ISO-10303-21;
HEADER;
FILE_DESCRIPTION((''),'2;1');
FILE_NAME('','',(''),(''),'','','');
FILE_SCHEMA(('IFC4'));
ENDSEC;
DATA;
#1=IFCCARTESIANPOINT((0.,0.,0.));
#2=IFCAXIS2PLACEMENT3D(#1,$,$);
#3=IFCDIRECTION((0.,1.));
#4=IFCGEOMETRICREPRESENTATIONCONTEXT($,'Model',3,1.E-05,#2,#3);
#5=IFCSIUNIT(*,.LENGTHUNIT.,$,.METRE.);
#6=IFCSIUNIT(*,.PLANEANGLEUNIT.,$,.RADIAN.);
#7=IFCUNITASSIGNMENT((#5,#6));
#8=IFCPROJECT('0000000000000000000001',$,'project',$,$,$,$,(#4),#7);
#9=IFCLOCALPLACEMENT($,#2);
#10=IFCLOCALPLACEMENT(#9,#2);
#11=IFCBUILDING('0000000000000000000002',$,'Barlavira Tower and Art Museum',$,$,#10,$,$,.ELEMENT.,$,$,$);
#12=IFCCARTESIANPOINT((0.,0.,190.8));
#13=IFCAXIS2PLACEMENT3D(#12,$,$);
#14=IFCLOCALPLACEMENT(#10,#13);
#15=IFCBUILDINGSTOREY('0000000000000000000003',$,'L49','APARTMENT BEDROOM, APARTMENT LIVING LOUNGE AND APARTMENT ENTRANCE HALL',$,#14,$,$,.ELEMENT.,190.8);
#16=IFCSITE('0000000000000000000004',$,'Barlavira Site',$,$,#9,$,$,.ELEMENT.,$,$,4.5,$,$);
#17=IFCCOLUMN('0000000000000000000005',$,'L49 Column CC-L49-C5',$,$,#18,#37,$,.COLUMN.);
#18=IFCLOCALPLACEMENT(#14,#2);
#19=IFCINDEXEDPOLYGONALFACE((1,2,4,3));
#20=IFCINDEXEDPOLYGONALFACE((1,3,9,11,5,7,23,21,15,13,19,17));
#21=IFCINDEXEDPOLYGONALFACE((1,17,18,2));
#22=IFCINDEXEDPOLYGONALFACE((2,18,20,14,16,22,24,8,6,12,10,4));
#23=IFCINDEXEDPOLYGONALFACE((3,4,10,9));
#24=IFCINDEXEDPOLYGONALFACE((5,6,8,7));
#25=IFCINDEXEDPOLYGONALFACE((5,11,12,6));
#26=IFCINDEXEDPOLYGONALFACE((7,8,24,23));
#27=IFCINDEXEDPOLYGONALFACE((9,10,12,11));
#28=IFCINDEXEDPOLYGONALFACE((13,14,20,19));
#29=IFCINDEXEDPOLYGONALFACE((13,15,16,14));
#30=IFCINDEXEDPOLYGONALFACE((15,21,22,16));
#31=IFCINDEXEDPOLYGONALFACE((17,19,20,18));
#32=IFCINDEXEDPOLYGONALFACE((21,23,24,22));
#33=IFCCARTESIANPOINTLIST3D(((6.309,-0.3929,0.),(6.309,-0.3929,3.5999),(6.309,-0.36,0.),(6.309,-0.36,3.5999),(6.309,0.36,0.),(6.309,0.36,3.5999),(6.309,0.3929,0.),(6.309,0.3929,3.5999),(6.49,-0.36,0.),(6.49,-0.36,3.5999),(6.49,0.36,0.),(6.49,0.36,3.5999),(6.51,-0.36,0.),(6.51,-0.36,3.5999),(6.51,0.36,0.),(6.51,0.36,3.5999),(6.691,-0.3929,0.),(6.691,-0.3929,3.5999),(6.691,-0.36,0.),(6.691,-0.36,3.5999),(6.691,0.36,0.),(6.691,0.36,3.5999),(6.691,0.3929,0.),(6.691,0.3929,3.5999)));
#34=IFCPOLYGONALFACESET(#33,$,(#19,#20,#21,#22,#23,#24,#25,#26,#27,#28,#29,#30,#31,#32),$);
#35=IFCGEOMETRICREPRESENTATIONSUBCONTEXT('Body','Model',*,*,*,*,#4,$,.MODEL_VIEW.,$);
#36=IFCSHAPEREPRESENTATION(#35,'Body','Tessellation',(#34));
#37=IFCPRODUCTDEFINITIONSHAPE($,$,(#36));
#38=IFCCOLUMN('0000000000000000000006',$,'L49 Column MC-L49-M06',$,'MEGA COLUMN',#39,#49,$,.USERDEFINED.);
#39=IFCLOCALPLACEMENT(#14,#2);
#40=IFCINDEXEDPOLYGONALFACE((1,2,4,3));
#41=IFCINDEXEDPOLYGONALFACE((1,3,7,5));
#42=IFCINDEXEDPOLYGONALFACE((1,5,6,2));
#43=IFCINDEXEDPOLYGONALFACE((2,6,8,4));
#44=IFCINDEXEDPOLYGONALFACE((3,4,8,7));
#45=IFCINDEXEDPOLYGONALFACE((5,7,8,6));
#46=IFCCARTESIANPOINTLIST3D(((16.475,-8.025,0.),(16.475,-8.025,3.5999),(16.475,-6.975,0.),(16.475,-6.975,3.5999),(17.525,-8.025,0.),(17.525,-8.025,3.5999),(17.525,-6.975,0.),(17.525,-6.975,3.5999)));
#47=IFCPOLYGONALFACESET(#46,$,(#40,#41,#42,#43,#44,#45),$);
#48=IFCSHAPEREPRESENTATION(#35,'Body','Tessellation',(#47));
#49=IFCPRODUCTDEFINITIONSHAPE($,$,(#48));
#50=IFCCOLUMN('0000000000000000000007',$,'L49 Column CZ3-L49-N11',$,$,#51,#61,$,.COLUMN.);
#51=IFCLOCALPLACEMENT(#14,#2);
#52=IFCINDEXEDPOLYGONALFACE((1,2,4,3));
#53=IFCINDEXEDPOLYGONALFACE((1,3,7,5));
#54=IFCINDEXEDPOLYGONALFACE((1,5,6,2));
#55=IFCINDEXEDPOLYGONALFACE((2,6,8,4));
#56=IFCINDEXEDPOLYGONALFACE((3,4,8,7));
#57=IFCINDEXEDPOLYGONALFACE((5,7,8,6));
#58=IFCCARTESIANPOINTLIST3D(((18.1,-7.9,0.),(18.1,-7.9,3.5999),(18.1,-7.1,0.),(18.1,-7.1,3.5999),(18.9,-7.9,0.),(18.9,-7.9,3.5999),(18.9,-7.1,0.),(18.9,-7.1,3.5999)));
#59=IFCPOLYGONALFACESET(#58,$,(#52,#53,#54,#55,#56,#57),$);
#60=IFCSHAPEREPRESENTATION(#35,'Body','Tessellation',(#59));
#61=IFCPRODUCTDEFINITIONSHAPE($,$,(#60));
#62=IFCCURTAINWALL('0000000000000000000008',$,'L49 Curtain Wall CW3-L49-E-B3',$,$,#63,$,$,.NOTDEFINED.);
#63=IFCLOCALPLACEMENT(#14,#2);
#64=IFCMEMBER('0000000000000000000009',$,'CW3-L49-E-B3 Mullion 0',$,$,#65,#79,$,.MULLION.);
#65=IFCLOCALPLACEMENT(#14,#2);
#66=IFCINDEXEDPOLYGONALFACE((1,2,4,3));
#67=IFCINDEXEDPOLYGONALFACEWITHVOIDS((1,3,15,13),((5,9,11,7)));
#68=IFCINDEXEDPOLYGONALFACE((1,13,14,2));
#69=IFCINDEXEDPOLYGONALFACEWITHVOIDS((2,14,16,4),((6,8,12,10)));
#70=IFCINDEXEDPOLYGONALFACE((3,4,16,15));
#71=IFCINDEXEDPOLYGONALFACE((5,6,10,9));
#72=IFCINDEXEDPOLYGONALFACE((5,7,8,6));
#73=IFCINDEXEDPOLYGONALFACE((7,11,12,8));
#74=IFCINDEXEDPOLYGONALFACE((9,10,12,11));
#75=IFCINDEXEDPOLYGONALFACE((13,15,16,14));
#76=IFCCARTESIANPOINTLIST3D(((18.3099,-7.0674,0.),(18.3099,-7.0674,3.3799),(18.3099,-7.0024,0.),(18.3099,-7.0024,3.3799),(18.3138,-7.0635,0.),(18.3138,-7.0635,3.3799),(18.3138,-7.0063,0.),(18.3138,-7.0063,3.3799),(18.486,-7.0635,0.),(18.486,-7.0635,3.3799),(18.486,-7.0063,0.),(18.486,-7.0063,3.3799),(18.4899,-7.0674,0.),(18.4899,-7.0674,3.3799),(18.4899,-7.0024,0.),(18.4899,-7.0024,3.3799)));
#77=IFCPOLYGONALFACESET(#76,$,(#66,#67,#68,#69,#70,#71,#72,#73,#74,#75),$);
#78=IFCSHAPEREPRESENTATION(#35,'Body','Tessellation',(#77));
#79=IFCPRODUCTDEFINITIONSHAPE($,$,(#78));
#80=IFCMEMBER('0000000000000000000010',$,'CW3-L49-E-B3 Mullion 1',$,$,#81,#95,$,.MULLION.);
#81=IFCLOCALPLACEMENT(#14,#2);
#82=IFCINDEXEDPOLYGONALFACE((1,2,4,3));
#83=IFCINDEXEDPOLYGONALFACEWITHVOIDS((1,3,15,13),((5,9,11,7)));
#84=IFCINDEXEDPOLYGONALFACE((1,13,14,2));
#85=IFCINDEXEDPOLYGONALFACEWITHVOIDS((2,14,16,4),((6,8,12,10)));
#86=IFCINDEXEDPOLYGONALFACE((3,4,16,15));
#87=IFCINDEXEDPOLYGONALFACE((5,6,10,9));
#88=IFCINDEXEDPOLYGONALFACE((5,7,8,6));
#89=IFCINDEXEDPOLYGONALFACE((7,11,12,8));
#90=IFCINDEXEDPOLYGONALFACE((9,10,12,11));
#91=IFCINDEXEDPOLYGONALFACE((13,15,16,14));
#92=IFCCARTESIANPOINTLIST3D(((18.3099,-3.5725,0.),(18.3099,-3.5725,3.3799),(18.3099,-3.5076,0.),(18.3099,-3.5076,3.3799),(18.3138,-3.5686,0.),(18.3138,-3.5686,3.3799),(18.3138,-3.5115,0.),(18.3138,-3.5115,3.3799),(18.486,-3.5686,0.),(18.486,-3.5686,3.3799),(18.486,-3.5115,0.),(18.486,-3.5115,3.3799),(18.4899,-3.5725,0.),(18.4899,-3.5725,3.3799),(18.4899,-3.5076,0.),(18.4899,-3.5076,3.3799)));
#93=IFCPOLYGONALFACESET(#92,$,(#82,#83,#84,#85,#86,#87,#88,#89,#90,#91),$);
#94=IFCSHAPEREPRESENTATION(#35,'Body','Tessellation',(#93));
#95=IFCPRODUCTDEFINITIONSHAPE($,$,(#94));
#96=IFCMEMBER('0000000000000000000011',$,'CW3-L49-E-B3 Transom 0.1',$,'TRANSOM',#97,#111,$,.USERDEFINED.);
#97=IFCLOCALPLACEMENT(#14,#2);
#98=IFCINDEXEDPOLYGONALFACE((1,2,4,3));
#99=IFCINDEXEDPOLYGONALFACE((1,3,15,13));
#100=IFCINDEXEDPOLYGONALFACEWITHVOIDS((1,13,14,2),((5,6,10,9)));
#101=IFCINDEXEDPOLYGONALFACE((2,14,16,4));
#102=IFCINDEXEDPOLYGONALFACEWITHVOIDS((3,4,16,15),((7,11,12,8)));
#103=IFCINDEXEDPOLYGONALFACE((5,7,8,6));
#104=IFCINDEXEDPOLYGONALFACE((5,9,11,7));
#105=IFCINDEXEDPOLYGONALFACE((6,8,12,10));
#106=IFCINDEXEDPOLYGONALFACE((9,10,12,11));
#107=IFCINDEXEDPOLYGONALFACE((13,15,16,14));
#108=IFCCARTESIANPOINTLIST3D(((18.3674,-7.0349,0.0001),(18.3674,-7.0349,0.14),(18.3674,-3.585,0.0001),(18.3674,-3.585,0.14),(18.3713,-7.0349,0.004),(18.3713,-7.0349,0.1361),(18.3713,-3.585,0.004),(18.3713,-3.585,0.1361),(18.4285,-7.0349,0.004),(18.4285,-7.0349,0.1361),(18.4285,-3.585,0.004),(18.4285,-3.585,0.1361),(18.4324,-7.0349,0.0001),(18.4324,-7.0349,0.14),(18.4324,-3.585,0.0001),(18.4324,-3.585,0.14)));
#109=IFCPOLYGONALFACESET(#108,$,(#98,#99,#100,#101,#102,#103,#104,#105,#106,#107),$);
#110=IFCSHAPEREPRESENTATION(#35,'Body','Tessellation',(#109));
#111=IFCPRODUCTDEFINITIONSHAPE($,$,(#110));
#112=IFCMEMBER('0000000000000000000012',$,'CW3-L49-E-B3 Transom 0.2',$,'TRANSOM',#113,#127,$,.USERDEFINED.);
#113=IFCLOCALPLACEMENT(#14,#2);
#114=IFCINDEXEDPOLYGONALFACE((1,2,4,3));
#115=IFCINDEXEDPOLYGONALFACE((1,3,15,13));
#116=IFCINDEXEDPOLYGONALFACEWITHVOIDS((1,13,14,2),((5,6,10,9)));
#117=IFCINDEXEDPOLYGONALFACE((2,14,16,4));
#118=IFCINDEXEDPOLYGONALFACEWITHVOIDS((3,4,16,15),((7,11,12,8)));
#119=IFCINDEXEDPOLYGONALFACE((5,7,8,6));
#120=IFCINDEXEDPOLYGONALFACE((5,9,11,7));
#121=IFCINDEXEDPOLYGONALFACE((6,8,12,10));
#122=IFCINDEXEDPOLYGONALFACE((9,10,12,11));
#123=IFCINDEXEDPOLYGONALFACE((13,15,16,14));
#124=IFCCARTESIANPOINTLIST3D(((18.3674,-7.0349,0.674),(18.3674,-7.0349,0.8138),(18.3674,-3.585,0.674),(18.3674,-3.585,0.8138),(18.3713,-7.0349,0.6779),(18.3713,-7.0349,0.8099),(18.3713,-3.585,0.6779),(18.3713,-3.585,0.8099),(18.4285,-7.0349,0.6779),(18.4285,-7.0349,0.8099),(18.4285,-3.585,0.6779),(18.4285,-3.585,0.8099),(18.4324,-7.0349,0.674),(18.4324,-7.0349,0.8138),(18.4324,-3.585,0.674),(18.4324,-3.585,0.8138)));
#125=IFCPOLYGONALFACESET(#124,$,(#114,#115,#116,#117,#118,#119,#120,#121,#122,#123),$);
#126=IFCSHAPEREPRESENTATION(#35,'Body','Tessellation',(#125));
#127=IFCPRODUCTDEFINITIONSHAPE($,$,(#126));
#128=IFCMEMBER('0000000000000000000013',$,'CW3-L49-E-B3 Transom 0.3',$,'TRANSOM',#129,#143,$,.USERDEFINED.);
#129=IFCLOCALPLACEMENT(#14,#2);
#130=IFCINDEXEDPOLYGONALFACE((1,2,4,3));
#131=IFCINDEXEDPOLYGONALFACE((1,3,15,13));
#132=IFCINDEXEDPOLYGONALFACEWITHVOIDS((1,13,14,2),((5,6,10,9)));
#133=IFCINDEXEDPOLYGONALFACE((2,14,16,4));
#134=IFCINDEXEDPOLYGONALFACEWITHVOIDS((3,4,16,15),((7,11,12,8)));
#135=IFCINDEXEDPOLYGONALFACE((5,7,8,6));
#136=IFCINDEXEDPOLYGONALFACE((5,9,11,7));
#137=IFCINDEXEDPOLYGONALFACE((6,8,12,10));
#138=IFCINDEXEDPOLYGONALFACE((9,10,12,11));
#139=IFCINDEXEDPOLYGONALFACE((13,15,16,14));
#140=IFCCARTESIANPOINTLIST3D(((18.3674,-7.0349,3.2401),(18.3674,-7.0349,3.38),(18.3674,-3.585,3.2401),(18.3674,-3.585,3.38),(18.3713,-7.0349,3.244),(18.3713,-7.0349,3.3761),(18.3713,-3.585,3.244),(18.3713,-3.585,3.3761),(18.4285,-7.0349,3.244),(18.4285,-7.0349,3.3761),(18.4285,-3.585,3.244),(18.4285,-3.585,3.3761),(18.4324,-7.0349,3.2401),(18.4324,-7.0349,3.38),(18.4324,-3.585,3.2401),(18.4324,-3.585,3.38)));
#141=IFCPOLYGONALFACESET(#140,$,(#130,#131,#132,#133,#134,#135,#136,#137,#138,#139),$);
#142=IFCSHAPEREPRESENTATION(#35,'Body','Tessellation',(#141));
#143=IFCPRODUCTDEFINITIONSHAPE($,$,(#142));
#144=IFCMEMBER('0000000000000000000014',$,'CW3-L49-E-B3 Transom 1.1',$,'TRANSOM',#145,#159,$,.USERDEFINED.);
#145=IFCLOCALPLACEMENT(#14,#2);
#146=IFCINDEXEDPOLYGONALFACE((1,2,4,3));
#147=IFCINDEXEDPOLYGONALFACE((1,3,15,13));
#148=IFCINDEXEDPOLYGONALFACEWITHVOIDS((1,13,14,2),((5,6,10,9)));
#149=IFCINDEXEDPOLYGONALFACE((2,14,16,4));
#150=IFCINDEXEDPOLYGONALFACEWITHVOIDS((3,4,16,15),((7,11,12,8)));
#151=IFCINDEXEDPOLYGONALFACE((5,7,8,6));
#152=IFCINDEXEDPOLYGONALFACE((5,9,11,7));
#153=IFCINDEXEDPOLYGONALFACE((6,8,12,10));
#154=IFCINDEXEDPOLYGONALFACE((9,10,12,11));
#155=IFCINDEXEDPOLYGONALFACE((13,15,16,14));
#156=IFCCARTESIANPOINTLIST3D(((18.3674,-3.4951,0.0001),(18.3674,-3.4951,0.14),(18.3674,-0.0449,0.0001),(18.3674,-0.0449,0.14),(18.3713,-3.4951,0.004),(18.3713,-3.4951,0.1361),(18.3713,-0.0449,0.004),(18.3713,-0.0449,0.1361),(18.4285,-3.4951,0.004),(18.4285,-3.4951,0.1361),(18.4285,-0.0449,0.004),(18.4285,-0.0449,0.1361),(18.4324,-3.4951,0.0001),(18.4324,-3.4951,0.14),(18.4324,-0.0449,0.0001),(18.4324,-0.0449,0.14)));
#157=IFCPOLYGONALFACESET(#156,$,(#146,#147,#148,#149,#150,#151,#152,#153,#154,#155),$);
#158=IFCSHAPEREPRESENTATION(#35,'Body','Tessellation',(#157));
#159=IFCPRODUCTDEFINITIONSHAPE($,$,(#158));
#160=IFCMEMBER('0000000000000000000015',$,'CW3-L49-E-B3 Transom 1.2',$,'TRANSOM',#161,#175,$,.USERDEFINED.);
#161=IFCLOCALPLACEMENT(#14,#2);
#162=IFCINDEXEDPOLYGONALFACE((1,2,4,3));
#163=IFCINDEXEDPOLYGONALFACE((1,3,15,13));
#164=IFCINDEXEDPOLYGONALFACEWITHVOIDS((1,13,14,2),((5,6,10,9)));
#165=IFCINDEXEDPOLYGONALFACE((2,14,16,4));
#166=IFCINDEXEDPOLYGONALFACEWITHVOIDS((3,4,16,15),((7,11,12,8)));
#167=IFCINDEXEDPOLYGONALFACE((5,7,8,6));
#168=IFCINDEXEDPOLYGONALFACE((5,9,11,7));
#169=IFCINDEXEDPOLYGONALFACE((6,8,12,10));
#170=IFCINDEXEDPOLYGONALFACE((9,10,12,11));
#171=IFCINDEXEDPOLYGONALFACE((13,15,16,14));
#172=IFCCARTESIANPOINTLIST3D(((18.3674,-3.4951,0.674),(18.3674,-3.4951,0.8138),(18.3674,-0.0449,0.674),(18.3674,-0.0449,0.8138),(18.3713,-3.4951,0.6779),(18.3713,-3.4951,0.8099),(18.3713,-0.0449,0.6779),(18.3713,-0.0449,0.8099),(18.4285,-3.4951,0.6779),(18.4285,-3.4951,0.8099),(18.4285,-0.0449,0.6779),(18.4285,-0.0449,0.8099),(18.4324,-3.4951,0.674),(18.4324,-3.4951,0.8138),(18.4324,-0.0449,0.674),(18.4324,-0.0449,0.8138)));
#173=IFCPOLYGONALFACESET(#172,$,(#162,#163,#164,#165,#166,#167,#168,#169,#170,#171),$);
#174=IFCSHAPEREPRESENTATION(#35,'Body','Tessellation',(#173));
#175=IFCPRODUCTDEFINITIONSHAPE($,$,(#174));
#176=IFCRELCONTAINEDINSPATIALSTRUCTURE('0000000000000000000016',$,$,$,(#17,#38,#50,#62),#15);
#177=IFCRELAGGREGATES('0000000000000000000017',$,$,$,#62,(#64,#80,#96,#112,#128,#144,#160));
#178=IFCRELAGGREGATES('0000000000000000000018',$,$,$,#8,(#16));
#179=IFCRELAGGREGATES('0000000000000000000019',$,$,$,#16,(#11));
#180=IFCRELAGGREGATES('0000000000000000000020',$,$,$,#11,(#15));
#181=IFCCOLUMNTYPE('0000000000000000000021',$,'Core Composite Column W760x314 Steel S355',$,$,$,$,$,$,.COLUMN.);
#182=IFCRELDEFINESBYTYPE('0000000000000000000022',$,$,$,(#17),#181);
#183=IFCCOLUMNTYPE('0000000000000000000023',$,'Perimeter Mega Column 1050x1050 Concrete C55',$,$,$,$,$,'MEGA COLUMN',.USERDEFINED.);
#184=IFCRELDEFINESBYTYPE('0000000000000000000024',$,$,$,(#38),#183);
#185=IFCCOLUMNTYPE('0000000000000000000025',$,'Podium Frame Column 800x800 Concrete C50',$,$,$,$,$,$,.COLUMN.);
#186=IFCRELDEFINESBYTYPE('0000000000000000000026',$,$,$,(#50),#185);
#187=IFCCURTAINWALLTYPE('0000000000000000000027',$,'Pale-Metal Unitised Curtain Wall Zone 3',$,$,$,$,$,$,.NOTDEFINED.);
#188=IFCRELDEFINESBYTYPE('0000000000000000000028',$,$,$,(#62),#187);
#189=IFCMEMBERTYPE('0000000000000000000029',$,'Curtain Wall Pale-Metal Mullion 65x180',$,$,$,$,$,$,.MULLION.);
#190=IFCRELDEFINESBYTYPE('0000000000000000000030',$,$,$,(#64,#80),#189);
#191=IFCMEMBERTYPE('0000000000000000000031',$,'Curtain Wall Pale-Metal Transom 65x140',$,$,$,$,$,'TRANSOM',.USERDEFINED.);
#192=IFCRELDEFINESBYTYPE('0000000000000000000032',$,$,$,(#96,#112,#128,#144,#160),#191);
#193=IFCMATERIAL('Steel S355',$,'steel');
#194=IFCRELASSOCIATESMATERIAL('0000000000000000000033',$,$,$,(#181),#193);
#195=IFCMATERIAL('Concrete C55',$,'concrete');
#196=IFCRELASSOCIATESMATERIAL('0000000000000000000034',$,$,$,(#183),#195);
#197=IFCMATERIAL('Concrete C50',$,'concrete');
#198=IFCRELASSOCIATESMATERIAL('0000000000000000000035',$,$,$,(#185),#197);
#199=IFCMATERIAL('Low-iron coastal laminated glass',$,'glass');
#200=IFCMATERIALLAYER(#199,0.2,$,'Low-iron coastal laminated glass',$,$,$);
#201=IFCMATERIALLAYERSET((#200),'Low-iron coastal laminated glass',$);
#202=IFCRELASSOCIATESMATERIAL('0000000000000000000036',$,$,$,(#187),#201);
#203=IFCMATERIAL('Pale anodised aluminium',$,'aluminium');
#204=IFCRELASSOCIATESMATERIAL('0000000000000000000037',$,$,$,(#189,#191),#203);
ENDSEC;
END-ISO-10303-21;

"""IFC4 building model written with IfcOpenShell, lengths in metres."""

from ifc_helpers import new_model, si_unit, direction, frame, origin, origin_2d, place, context, subcontext, project, spatial, rectangle, hollow_rectangle, i_section, extrude, material, layer, layer_set, material_profile, profile_set, type_object, element, aggregate, save


model = new_model("IFC4")

# Units and contexts
model_context = context("Model", 3, precision=1e-05, world=origin(), true_north=direction((0.0, 1.0)))
body_context = subcontext(model_context, "Body", "Model", "MODEL_VIEW")
ifc_project = project(units=[si_unit("LENGTHUNIT", "METRE"), si_unit("PLANEANGLEUNIT", "RADIAN")], contexts=[model_context])

# Site, building, storey
site_placement = place(None, origin())
site = spatial("IfcSite", under=ifc_project, at=site_placement, Name="Barlavira Site", CompositionType="ELEMENT", RefElevation=4.5)
building_placement = place(site_placement, origin())
building = spatial("IfcBuilding", under=site, at=building_placement, Name="Barlavira Tower and Art Museum", CompositionType="ELEMENT")
storey_placement = place(building_placement, frame((0.0, 0.0, 190.8)))
storey = spatial("IfcBuildingStorey", under=building, at=storey_placement, Name="L49", Description="APARTMENT BEDROOM, APARTMENT LIVING LOUNGE AND APARTMENT ENTRANCE HALL", CompositionType="ELEMENT", Elevation=190.8)

# Columns
ifc_material_1 = material(Name="Steel S355", Category="steel")
ifc_material_profile_1 = material_profile(ifc_material_1, i_section(OverallWidth=0.3821, OverallDepth=0.7859, WebThickness=0.02, FlangeThickness=0.033, at=origin_2d()), Name="W760x314.0")
ifc_profile_set_1 = profile_set([ifc_material_profile_1], Name="Steel S355")
column_type_1 = type_object("IfcColumnType", Name="Core Composite Column W760x314 Steel S355", PredefinedType="COLUMN", material=ifc_profile_set_1)
column_1_placement = place(storey_placement, frame((6.5, 0.0, 0.0), z_axis=(0.0, 0.0, 1.0), x_axis=(1.0, 0.0, 0.0)))
element("IfcColumn", 1, at=column_1_placement, inside=storey, type_object=column_type_1, Name="L49 Column CC-L49-C5", PredefinedType="COLUMN", context=body_context, shape_type="SweptSolid", body=[
    extrude(i_section(OverallWidth=0.3821, OverallDepth=0.7859, WebThickness=0.02, FlangeThickness=0.033, at=origin_2d()), origin(), (0.0, 0.0, 1.0), 3.5999),
])
ifc_material_2 = material(Name="Concrete C55", Category="concrete")
ifc_material_profile_2 = material_profile(ifc_material_2, rectangle(XDim=1.05, YDim=1.05, at=origin_2d()), Name="RC-COL 1050x1050")
ifc_profile_set_2 = profile_set([ifc_material_profile_2], Name="Concrete C55")
column_type_2 = type_object("IfcColumnType", Name="Perimeter Mega Column 1050x1050 Concrete C55", ElementType="MEGA COLUMN", PredefinedType="USERDEFINED", material=ifc_profile_set_2)
column_2_placement = place(storey_placement, frame((17.0, -7.5, 0.0), z_axis=(0.0, 0.0, 1.0), x_axis=(1.0, 0.0, 0.0)))
element("IfcColumn", 2, at=column_2_placement, inside=storey, type_object=column_type_2, Name="L49 Column MC-L49-M06", ObjectType="MEGA COLUMN", PredefinedType="USERDEFINED", context=body_context, shape_type="SweptSolid", body=[
    extrude(rectangle(XDim=1.05, YDim=1.05, at=origin_2d()), origin(), (0.0, 0.0, 1.0), 3.5999),
])
ifc_material_3 = material(Name="Concrete C50", Category="concrete")
ifc_material_profile_3 = material_profile(ifc_material_3, rectangle(XDim=0.8, YDim=0.8, at=origin_2d()), Name="RC-COL 800x800")
ifc_profile_set_3 = profile_set([ifc_material_profile_3], Name="Concrete C50")
column_type_3 = type_object("IfcColumnType", Name="Podium Frame Column 800x800 Concrete C50", PredefinedType="COLUMN", material=ifc_profile_set_3)
column_3_placement = place(storey_placement, frame((18.5, -7.5, 0.0), z_axis=(0.0, 0.0, 1.0), x_axis=(1.0, 0.0, 0.0)))
element("IfcColumn", 3, at=column_3_placement, inside=storey, type_object=column_type_3, Name="L49 Column CZ3-L49-N11", PredefinedType="COLUMN", context=body_context, shape_type="SweptSolid", body=[
    extrude(rectangle(XDim=0.8, YDim=0.8, at=origin_2d()), origin(), (0.0, 0.0, 1.0), 3.5999),
])

# Curtain wall, members
ifc_material_4 = material(Name="Low-iron coastal laminated glass", Category="glass")
ifc_layer_1 = layer(ifc_material_4, 0.2, Name="Low-iron coastal laminated glass")
ifc_layer_set_1 = layer_set([ifc_layer_1], Name="Low-iron coastal laminated glass")
curtain_wall_type = type_object("IfcCurtainWallType", Name="Pale-Metal Unitised Curtain Wall Zone 3", PredefinedType="NOTDEFINED", material=ifc_layer_set_1)
curtain_wall_placement = place(storey_placement, origin())
curtain_wall = element("IfcCurtainWall", 4, at=curtain_wall_placement, inside=storey, type_object=curtain_wall_type, Name="L49 Curtain Wall CW3-L49-E-B3", PredefinedType="NOTDEFINED")
ifc_material_5 = material(Name="Pale anodised aluminium", Category="aluminium")
ifc_material_profile_4 = material_profile(ifc_material_5, hollow_rectangle(XDim=0.0649, YDim=0.1799, WallThickness=0.0039, at=origin_2d()), Name="ALU-MULL 65x180x4")
ifc_profile_set_4 = profile_set([ifc_material_profile_4], Name="Pale anodised aluminium")
member_type_1 = type_object("IfcMemberType", Name="Curtain Wall Pale-Metal Mullion 65x180", PredefinedType="MULLION", material=ifc_profile_set_4)
member_1_placement = place(storey_placement, frame((18.3999, -7.0349, 0.0), z_axis=(0.0, 0.0, 1.0), x_axis=(0.0, 1.0, 0.0)))
member_1 = element("IfcMember", 5, at=member_1_placement, type_object=member_type_1, Name="CW3-L49-E-B3 Mullion 0", PredefinedType="MULLION", context=body_context, shape_type="SweptSolid", body=[
    extrude(hollow_rectangle(XDim=0.0649, YDim=0.1799, WallThickness=0.0039, at=origin_2d()), origin(), (0.0, 0.0, 1.0), 3.3799),
])
member_2_placement = place(storey_placement, frame((18.3999, -3.54, 0.0), z_axis=(0.0, 0.0, 1.0), x_axis=(0.0, 1.0, 0.0)))
member_2 = element("IfcMember", 6, at=member_2_placement, type_object=member_type_1, Name="CW3-L49-E-B3 Mullion 1", PredefinedType="MULLION", context=body_context, shape_type="SweptSolid", body=[
    extrude(hollow_rectangle(XDim=0.0649, YDim=0.1799, WallThickness=0.0039, at=origin_2d()), origin(), (0.0, 0.0, 1.0), 3.3799),
])
ifc_material_profile_5 = material_profile(ifc_material_5, hollow_rectangle(XDim=0.0649, YDim=0.1399, WallThickness=0.0039, at=origin_2d()), Name="ALU-TRAN 65x140x4")
ifc_profile_set_5 = profile_set([ifc_material_profile_5], Name="Pale anodised aluminium")
member_type_2 = type_object("IfcMemberType", Name="Curtain Wall Pale-Metal Transom 65x140", ElementType="TRANSOM", PredefinedType="USERDEFINED", material=ifc_profile_set_5)
member_3_placement = place(storey_placement, frame((18.3999, -7.0349, 0.0701), z_axis=(0.0, 1.0, 0.0), x_axis=(-1.0, 0.0, 0.0)))
member_3 = element("IfcMember", 7, at=member_3_placement, type_object=member_type_2, Name="CW3-L49-E-B3 Transom 0.1", ObjectType="TRANSOM", PredefinedType="USERDEFINED", context=body_context, shape_type="SweptSolid", body=[
    extrude(hollow_rectangle(XDim=0.0649, YDim=0.1399, WallThickness=0.0039, at=origin_2d()), origin(), (0.0, 0.0, 1.0), 3.45),
])
member_4_placement = place(storey_placement, frame((18.3999, -7.0349, 0.7439), z_axis=(0.0, 1.0, 0.0), x_axis=(-1.0, 0.0, 0.0)))
member_4 = element("IfcMember", 8, at=member_4_placement, type_object=member_type_2, Name="CW3-L49-E-B3 Transom 0.2", ObjectType="TRANSOM", PredefinedType="USERDEFINED", context=body_context, shape_type="SweptSolid", body=[
    extrude(hollow_rectangle(XDim=0.0649, YDim=0.1399, WallThickness=0.0039, at=origin_2d()), origin(), (0.0, 0.0, 1.0), 3.45),
])
member_5_placement = place(storey_placement, frame((18.3999, -7.0349, 3.3101), z_axis=(0.0, 1.0, 0.0), x_axis=(-1.0, 0.0, 0.0)))
member_5 = element("IfcMember", 9, at=member_5_placement, type_object=member_type_2, Name="CW3-L49-E-B3 Transom 0.3", ObjectType="TRANSOM", PredefinedType="USERDEFINED", context=body_context, shape_type="SweptSolid", body=[
    extrude(hollow_rectangle(XDim=0.0649, YDim=0.1399, WallThickness=0.0039, at=origin_2d()), origin(), (0.0, 0.0, 1.0), 3.45),
])
member_6_placement = place(storey_placement, frame((18.3999, -3.4951, 0.0701), z_axis=(0.0, 1.0, 0.0), x_axis=(-1.0, 0.0, 0.0)))
member_6 = element("IfcMember", 10, at=member_6_placement, type_object=member_type_2, Name="CW3-L49-E-B3 Transom 1.1", ObjectType="TRANSOM", PredefinedType="USERDEFINED", context=body_context, shape_type="SweptSolid", body=[
    extrude(hollow_rectangle(XDim=0.0649, YDim=0.1399, WallThickness=0.0039, at=origin_2d()), origin(), (0.0, 0.0, 1.0), 3.4502),
])
member_7_placement = place(storey_placement, frame((18.3999, -3.4951, 0.7439), z_axis=(0.0, 1.0, 0.0), x_axis=(-1.0, 0.0, 0.0)))
member_7 = element("IfcMember", 11, at=member_7_placement, type_object=member_type_2, Name="CW3-L49-E-B3 Transom 1.2", ObjectType="TRANSOM", PredefinedType="USERDEFINED", context=body_context, shape_type="SweptSolid", body=[
    extrude(hollow_rectangle(XDim=0.0649, YDim=0.1399, WallThickness=0.0039, at=origin_2d()), origin(), (0.0, 0.0, 1.0), 3.4502),
])

aggregate(curtain_wall, [member_1, member_2, member_3, member_4, member_5, member_6, member_7])

save(model, "model.ifc")
